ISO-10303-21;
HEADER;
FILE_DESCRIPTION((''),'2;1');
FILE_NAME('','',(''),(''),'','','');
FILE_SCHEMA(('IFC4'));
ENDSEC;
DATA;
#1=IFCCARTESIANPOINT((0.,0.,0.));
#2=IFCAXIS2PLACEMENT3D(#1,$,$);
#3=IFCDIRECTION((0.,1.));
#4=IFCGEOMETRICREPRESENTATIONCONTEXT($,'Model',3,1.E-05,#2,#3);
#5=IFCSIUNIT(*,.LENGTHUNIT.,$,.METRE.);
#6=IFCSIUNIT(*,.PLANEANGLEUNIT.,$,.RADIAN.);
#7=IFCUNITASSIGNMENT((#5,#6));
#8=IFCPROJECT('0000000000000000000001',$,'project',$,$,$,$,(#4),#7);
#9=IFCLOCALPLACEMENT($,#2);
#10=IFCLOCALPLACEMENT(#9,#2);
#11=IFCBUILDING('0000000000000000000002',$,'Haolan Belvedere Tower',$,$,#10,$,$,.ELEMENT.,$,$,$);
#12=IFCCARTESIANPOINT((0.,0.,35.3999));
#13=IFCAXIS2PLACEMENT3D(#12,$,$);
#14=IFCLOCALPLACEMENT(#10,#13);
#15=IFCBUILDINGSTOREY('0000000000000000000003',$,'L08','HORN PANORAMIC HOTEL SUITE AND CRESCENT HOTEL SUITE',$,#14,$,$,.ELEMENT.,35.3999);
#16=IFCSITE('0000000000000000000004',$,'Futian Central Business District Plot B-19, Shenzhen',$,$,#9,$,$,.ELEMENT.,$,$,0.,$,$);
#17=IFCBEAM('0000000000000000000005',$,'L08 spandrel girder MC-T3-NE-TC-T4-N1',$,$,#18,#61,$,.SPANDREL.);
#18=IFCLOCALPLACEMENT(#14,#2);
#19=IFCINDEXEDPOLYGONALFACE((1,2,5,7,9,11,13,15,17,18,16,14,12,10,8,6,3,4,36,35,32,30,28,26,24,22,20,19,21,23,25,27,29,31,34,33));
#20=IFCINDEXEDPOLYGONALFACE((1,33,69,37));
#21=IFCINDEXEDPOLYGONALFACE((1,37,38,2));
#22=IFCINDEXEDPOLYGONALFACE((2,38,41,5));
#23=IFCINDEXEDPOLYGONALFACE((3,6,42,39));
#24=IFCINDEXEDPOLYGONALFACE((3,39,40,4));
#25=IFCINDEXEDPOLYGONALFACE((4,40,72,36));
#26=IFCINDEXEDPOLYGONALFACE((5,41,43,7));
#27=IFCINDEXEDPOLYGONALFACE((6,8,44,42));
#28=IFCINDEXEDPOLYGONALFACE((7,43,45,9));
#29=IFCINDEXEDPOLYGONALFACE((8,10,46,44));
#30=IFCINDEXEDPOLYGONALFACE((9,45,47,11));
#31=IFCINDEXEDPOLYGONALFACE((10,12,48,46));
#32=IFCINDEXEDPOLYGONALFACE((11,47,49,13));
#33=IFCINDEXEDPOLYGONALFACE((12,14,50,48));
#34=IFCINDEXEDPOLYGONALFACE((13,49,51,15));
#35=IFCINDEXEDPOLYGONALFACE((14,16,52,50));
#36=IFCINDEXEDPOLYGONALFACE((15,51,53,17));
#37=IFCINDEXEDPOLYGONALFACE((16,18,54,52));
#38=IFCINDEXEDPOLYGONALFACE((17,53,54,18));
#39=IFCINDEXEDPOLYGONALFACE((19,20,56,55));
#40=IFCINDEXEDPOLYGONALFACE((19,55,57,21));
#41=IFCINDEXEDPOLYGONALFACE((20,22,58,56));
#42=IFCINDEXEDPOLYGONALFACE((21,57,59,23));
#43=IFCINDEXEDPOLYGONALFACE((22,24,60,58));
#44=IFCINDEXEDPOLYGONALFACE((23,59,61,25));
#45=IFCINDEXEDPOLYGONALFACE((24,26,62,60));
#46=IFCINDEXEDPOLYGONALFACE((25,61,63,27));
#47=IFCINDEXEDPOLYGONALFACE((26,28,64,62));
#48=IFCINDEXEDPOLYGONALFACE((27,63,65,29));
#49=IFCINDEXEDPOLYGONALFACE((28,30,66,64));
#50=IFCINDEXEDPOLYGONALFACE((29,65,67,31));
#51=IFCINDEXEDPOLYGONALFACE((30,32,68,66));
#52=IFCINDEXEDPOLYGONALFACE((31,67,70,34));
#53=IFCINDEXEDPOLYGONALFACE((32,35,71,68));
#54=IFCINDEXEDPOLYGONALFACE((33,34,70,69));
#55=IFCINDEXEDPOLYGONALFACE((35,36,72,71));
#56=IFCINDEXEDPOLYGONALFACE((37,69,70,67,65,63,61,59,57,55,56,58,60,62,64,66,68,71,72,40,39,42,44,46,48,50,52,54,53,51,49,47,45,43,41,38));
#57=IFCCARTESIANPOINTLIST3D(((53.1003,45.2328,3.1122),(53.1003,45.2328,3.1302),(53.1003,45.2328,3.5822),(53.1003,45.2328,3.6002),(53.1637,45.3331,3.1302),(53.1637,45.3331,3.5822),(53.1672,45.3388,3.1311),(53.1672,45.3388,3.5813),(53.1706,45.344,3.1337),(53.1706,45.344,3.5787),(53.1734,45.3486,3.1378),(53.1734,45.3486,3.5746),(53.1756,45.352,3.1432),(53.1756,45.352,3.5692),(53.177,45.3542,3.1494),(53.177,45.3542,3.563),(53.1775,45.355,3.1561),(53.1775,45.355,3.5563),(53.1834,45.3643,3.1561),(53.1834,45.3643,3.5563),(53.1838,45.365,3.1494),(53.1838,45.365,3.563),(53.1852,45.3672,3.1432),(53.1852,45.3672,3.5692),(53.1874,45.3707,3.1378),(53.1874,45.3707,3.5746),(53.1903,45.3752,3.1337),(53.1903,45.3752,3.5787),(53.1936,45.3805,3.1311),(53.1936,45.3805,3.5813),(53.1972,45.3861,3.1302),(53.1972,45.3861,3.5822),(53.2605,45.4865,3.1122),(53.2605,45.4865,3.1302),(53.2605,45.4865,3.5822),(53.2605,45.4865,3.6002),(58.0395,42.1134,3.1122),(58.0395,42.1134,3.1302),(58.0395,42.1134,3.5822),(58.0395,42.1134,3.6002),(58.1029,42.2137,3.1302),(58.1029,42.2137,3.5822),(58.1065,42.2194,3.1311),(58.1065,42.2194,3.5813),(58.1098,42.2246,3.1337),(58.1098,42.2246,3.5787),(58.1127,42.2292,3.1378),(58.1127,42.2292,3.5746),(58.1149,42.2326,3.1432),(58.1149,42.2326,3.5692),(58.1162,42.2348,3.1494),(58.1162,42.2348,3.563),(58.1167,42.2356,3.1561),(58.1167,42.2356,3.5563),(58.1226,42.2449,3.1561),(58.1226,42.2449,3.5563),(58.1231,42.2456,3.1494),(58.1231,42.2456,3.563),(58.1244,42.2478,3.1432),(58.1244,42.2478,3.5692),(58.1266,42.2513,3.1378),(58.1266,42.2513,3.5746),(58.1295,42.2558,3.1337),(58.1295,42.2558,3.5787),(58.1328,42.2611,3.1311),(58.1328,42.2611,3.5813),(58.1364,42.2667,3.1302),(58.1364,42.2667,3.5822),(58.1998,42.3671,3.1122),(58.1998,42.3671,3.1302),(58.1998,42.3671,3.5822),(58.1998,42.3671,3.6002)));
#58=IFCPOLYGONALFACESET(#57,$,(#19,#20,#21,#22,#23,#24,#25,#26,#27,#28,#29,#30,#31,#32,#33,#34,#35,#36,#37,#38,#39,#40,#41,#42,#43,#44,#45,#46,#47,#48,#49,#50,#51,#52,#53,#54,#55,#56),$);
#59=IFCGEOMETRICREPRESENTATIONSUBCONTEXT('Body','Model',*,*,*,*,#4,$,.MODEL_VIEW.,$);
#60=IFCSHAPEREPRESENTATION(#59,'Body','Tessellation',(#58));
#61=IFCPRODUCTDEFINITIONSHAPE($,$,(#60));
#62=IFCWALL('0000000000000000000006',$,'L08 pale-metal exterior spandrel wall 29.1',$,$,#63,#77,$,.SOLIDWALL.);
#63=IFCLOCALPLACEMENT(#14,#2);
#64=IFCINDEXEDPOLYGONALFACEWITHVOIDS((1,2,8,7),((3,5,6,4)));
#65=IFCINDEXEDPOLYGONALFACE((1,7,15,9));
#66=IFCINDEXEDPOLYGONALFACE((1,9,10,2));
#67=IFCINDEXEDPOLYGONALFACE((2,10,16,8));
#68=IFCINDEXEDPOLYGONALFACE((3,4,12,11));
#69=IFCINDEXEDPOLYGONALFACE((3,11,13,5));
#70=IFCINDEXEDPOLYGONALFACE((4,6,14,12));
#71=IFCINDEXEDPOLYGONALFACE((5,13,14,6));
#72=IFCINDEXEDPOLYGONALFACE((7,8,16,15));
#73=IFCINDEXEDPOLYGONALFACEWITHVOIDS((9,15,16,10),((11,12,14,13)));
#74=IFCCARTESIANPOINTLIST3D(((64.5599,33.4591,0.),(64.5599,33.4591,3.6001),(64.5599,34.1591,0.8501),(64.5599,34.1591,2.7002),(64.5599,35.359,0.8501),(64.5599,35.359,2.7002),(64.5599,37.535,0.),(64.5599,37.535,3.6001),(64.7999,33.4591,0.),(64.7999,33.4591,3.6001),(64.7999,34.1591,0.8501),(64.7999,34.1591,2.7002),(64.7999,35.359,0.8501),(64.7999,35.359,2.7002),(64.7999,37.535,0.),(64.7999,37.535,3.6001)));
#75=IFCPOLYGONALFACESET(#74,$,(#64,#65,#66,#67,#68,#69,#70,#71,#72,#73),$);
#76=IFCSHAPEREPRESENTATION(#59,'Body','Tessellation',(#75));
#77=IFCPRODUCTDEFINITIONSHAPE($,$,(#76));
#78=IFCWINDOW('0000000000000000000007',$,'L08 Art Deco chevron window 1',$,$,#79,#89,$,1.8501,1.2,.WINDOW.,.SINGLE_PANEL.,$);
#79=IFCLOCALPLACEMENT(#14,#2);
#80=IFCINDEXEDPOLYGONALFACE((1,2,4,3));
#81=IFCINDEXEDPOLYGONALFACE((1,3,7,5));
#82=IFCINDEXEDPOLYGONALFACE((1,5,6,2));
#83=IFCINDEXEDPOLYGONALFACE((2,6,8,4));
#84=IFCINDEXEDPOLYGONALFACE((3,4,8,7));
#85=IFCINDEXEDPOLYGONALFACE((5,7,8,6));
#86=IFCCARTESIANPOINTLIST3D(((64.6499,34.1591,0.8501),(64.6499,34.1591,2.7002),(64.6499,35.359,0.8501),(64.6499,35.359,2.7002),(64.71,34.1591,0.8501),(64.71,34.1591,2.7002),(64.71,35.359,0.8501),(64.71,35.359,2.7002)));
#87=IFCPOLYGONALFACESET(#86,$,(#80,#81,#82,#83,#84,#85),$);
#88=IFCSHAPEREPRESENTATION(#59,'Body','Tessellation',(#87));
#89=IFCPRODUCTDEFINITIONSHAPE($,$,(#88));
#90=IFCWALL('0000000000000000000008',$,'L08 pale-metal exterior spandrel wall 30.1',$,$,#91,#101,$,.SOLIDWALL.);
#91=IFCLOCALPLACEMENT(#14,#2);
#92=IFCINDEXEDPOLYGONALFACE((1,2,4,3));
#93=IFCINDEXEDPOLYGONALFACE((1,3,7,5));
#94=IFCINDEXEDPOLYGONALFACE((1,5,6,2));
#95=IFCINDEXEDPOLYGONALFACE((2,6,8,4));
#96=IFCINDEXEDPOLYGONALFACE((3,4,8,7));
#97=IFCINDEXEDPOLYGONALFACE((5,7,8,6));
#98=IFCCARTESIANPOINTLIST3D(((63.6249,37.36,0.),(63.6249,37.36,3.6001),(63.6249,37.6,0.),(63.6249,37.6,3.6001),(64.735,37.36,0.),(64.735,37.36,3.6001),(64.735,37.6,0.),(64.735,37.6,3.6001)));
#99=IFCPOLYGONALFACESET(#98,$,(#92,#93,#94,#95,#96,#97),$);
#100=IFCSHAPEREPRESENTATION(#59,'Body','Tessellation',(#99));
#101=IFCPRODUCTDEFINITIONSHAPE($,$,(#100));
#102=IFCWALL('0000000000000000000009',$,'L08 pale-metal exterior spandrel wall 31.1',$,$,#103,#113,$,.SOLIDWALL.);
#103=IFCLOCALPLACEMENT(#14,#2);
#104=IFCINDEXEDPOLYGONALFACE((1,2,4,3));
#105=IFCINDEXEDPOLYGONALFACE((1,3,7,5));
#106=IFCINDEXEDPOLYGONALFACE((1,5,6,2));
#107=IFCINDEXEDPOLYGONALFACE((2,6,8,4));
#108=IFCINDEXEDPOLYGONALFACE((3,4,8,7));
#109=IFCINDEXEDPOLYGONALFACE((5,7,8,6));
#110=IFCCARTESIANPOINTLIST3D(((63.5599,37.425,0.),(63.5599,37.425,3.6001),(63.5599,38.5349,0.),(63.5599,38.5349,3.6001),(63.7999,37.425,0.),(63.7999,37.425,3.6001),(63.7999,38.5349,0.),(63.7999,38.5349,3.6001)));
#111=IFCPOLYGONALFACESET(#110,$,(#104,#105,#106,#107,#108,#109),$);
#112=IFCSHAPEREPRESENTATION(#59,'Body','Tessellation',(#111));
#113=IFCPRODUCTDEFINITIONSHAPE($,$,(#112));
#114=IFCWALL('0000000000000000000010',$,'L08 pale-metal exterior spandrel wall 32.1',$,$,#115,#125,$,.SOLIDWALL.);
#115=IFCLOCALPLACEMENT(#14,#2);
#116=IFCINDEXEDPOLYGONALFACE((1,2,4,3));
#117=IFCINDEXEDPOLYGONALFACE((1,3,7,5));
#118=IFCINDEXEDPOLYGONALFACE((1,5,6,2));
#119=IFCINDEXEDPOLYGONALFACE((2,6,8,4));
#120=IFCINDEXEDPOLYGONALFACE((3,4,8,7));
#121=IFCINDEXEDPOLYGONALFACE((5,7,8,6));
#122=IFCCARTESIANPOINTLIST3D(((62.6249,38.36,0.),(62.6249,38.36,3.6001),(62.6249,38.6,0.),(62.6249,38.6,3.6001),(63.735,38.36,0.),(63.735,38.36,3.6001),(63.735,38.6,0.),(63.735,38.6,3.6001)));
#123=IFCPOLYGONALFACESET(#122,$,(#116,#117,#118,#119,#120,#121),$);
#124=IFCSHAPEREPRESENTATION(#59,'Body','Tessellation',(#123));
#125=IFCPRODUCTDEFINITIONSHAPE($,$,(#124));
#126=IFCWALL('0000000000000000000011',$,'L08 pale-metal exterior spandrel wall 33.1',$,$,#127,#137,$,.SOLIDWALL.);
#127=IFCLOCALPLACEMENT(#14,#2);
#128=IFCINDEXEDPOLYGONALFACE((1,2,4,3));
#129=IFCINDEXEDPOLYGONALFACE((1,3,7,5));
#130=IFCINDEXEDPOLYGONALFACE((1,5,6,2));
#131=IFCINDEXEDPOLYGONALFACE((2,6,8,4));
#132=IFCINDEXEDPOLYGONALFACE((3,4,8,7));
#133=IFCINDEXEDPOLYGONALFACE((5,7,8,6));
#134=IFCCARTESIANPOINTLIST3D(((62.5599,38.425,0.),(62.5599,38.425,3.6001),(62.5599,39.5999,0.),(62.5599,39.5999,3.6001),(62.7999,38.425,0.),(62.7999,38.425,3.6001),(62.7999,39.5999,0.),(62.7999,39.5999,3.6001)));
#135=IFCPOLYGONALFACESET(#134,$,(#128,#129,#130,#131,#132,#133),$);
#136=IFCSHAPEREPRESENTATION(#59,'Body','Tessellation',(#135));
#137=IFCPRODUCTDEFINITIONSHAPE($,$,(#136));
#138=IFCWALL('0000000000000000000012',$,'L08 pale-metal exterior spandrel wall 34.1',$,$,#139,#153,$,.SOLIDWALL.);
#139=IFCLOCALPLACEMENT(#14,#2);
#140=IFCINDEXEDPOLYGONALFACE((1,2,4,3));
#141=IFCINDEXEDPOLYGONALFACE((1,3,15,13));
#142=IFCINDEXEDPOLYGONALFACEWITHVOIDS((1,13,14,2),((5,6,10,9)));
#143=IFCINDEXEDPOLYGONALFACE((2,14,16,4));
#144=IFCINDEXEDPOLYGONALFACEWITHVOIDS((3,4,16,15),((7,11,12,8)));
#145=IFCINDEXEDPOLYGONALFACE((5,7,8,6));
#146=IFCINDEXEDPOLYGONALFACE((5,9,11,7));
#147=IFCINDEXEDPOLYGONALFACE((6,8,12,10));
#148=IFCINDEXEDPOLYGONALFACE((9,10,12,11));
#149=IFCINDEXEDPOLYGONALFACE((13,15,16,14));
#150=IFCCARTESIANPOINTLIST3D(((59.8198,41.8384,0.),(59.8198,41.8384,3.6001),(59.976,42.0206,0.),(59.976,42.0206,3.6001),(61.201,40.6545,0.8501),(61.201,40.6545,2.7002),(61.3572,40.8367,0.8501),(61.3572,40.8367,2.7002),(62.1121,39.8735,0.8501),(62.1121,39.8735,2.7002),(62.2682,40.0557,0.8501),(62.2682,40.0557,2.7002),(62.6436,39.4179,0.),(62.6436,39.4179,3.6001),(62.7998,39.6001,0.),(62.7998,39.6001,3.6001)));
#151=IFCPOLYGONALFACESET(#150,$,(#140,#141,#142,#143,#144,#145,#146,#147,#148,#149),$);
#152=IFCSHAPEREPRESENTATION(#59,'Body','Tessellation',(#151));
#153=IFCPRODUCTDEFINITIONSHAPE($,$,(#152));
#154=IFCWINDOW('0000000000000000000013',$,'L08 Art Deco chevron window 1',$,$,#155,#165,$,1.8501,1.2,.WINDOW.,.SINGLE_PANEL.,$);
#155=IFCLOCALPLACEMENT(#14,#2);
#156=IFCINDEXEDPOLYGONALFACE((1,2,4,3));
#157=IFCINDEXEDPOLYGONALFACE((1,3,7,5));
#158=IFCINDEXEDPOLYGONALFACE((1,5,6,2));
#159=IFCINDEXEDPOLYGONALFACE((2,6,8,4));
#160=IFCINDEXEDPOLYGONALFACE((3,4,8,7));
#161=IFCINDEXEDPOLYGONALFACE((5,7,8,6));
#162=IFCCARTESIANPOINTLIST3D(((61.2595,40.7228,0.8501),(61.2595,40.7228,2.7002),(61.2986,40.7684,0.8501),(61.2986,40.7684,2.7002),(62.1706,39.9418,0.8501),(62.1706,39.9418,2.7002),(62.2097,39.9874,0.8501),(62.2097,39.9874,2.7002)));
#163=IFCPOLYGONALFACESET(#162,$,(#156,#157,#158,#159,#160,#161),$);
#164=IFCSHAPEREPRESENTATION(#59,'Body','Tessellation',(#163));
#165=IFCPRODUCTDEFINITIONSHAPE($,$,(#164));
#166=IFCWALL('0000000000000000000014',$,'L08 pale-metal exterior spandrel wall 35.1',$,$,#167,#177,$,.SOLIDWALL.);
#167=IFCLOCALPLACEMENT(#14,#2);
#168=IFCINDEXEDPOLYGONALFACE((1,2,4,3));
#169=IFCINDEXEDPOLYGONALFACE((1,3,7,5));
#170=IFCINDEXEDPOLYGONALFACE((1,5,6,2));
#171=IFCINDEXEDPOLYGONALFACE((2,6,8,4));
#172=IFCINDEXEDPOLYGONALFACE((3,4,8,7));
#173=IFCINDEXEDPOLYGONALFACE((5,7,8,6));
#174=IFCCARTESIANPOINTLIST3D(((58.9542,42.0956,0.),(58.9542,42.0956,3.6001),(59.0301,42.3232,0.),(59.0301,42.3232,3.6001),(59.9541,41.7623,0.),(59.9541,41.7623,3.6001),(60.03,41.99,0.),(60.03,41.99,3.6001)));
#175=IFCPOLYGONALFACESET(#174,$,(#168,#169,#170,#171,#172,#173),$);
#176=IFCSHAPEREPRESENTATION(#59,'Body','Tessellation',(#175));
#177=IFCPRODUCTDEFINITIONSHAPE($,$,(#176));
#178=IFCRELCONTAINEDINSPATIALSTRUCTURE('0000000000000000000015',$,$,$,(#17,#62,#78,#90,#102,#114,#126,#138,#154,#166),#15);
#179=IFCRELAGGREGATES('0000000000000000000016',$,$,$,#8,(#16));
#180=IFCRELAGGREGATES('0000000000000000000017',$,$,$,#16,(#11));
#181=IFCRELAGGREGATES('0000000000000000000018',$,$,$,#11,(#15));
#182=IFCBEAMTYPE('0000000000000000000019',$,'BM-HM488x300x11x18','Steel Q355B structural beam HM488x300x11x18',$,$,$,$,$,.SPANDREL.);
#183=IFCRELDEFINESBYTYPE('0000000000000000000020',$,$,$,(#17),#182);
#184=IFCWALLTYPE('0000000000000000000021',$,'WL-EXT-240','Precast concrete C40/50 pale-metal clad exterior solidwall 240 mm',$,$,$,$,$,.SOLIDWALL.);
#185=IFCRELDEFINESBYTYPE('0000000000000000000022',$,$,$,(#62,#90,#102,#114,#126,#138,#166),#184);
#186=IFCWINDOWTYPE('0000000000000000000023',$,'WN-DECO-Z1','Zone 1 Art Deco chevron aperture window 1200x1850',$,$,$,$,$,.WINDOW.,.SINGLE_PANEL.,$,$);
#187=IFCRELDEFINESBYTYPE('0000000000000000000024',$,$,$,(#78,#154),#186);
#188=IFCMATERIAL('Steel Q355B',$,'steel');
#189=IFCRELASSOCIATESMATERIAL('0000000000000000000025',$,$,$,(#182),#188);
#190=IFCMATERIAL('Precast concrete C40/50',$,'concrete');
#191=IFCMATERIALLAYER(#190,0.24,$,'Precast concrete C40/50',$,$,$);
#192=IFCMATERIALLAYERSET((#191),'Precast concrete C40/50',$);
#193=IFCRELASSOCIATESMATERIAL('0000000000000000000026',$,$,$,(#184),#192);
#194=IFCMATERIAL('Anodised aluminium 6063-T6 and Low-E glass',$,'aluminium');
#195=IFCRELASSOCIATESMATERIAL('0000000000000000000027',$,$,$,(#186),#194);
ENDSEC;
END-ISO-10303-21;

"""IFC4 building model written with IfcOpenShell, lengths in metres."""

from ifc_helpers import new_model, si_unit, direction, frame, frame_2d, origin, origin_2d, place, context, subcontext, project, spatial, rectangle, i_section, extrude, material, layer, layer_set, material_profile, profile_set, type_object, element, fill, save


model = new_model("IFC4")

# Units and contexts
model_context = context("Model", 3, precision=1e-05, world=origin(), true_north=direction((0.0, 1.0)))
body_context = subcontext(model_context, "Body", "Model", "MODEL_VIEW")
ifc_project = project(units=[si_unit("LENGTHUNIT", "METRE"), si_unit("PLANEANGLEUNIT", "RADIAN")], contexts=[model_context])

# Site, building, storey
site_placement = place(None, origin())
site = spatial("IfcSite", under=ifc_project, at=site_placement, Name="Futian Central Business District Plot B-19, Shenzhen", CompositionType="ELEMENT", RefElevation=0.0)
building_placement = place(site_placement, origin())
building = spatial("IfcBuilding", under=site, at=building_placement, Name="Haolan Belvedere Tower", CompositionType="ELEMENT")
storey_placement = place(building_placement, frame((0.0, 0.0, 35.3999)))
storey = spatial("IfcBuildingStorey", under=building, at=storey_placement, Name="L08", Description="HORN PANORAMIC HOTEL SUITE AND CRESCENT HOTEL SUITE", CompositionType="ELEMENT", Elevation=35.3999)

# Shared definitions
ifc_material_1 = material(Name="Steel Q355B", Category="steel")

# Beam
ifc_material_profile_1 = material_profile(ifc_material_1, i_section(OverallWidth=0.3, OverallDepth=0.488, WebThickness=0.011, FlangeThickness=0.0181, FilletRadius=0.0259, at=origin_2d()), Name="Steel Q355B")
ifc_profile_set_1 = profile_set([ifc_material_profile_1], Name="Steel Q355B")
beam_type = type_object("IfcBeamType", Name="BM-HM488x300x11x18", Description="Steel Q355B structural beam HM488x300x11x18", PredefinedType="SPANDREL", material=ifc_profile_set_1)
beam_placement = place(storey_placement, frame((53.1804, 45.3596, 3.3562), z_axis=(0.845498, -0.533979, 0.0), x_axis=(0.533979, 0.845498, 0.0)))
element("IfcBeam", 1, at=beam_placement, inside=storey, type_object=beam_type, Name="L08 spandrel girder MC-T3-NE-TC-T4-N1", PredefinedType="SPANDREL", context=body_context, shape_type="SweptSolid", body=[
    extrude(i_section(OverallWidth=0.3, OverallDepth=0.488, WebThickness=0.011, FlangeThickness=0.0181, FilletRadius=0.0259, at=origin_2d()), origin(), (0.0, 0.0, 1.0), 5.8418),
])

# Wall, opening, window
ifc_material_2 = material(Name="Precast concrete C40/50", Category="concrete")
ifc_layer_1 = layer(ifc_material_2, 0.24, Name="Precast concrete C40/50")
ifc_layer_set_1 = layer_set([ifc_layer_1], Name="Precast concrete C40/50")
wall_type_1 = type_object("IfcWallType", Name="WL-EXT-240", Description="Precast concrete C40/50 pale-metal clad exterior solidwall 240 mm", PredefinedType="SOLIDWALL", material=ifc_layer_set_1)
wall_1_placement = place(storey_placement, frame((64.6799, 33.459, 0.0), z_axis=(0.0, 0.0, 1.0), x_axis=(0.0, 1.0, 0.0)))
wall_1 = element("IfcWall", 2, at=wall_1_placement, inside=storey, type_object=wall_type_1, Name="L08 pale-metal exterior spandrel wall 29.1", PredefinedType="SOLIDWALL", context=body_context, shape_type="SweptSolid", body=[
    extrude(rectangle(XDim=4.0759, YDim=0.24, at=frame_2d((2.0381, 0.0))), origin(), (0.0, 0.0, 1.0), 3.6001),
])
opening_1_placement = place(wall_1_placement, frame((0.7, 0.0, 0.8501)))
opening_1 = element("IfcOpeningElement", 3, at=opening_1_placement, cuts=wall_1, PredefinedType="OPENING", context=body_context, shape_type="SweptSolid", body=[
    extrude(rectangle(XDim=1.2, YDim=1.8501, at=frame_2d((0.6001, 0.925))), frame((0.0, 0.1299, 0.0), z_axis=(0.0, -1.0, 0.0), x_axis=(1.0, 0.0, 0.0)), (0.0, 0.0, 1.0), 0.26),
])
ifc_material_3 = material(Name="Anodised aluminium 6063-T6 and Low-E glass", Category="aluminium")
window_type = type_object("IfcWindowType", Name="WN-DECO-Z1", Description="Zone 1 Art Deco chevron aperture window 1200x1850", PartitioningType="SINGLE_PANEL", PredefinedType="WINDOW", material=ifc_material_3)
window_1_placement = place(opening_1_placement, origin())
window_1 = element("IfcWindow", 4, at=window_1_placement, inside=storey, type_object=window_type, Name="L08 Art Deco chevron window 1", OverallHeight=1.8501, OverallWidth=1.2, PartitioningType="SINGLE_PANEL", PredefinedType="WINDOW", context=body_context, shape_type="SweptSolid", body=[
    extrude(rectangle(XDim=1.2, YDim=1.8501, at=frame_2d((0.6001, 0.925))), frame((0.0, 0.03, 0.0), z_axis=(0.0, -1.0, 0.0), x_axis=(1.0, 0.0, 0.0)), (0.0, 0.0, 1.0), 0.0601),
])
fill(opening_1, window_1)

# Walls
wall_2_placement = place(storey_placement, frame((64.7351, 37.48, 0.0), z_axis=(0.0, 0.0, 1.0), x_axis=(-1.0, 0.0, 0.0)))
element("IfcWall", 5, at=wall_2_placement, inside=storey, type_object=wall_type_1, Name="L08 pale-metal exterior spandrel wall 30.1", PredefinedType="SOLIDWALL", context=body_context, shape_type="SweptSolid", body=[
    extrude(rectangle(XDim=1.1101, YDim=0.24, at=frame_2d((0.5552, 0.0))), origin(), (0.0, 0.0, 1.0), 3.6001),
])
wall_3_placement = place(storey_placement, frame((63.6799, 37.425, 0.0), z_axis=(0.0, 0.0, 1.0), x_axis=(0.0, 1.0, 0.0)))
element("IfcWall", 6, at=wall_3_placement, inside=storey, type_object=wall_type_1, Name="L08 pale-metal exterior spandrel wall 31.1", PredefinedType="SOLIDWALL", context=body_context, shape_type="SweptSolid", body=[
    extrude(rectangle(XDim=1.1099, YDim=0.24, at=frame_2d((0.5549, 0.0))), origin(), (0.0, 0.0, 1.0), 3.6001),
])
wall_4_placement = place(storey_placement, frame((63.7351, 38.48, 0.0), z_axis=(0.0, 0.0, 1.0), x_axis=(-1.0, 0.0, 0.0)))
element("IfcWall", 7, at=wall_4_placement, inside=storey, type_object=wall_type_1, Name="L08 pale-metal exterior spandrel wall 32.1", PredefinedType="SOLIDWALL", context=body_context, shape_type="SweptSolid", body=[
    extrude(rectangle(XDim=1.1101, YDim=0.24, at=frame_2d((0.5552, 0.0))), origin(), (0.0, 0.0, 1.0), 3.6001),
])
wall_5_placement = place(storey_placement, frame((62.6799, 38.425, 0.0), z_axis=(0.0, 0.0, 1.0), x_axis=(0.0, 1.0, 0.0)))
element("IfcWall", 8, at=wall_5_placement, inside=storey, type_object=wall_type_1, Name="L08 pale-metal exterior spandrel wall 33.1", PredefinedType="SOLIDWALL", context=body_context, shape_type="SweptSolid", body=[
    extrude(rectangle(XDim=1.1748, YDim=0.24, at=frame_2d((0.5874, 0.0))), origin(), (0.0, 0.0, 1.0), 3.6001),
])

# Wall, opening, window
wall_6_placement = place(storey_placement, frame((62.7217, 39.509, 0.0), z_axis=(0.0, 0.0, 1.0), x_axis=(-0.759247, 0.650802, 0.0)))
wall_6 = element("IfcWall", 9, at=wall_6_placement, inside=storey, type_object=wall_type_1, Name="L08 pale-metal exterior spandrel wall 34.1", PredefinedType="SOLIDWALL", context=body_context, shape_type="SweptSolid", body=[
    extrude(rectangle(XDim=3.7192, YDim=0.24, at=frame_2d((1.8596, 0.0))), origin(), (0.0, 0.0, 1.0), 3.6001),
])
opening_2_placement = place(wall_6_placement, frame((0.7, 0.0, 0.8501)))
opening_2 = element("IfcOpeningElement", 10, at=opening_2_placement, cuts=wall_6, PredefinedType="OPENING", context=body_context, shape_type="SweptSolid", body=[
    extrude(rectangle(XDim=1.2, YDim=1.8501, at=frame_2d((0.6001, 0.925))), frame((0.0, 0.1299, 0.0), z_axis=(0.0, -1.0, 0.0), x_axis=(1.0, 0.0, 0.0)), (0.0, 0.0, 1.0), 0.26),
])
window_2_placement = place(opening_2_placement, origin())
window_2 = element("IfcWindow", 11, at=window_2_placement, inside=storey, type_object=window_type, Name="L08 Art Deco chevron window 1", OverallHeight=1.8501, OverallWidth=1.2, PartitioningType="SINGLE_PANEL", PredefinedType="WINDOW", context=body_context, shape_type="SweptSolid", body=[
    extrude(rectangle(XDim=1.2, YDim=1.8501, at=frame_2d((0.6001, 0.925))), frame((0.0, 0.03, 0.0), z_axis=(0.0, -1.0, 0.0), x_axis=(1.0, 0.0, 0.0)), (0.0, 0.0, 1.0), 0.0601),
])
fill(opening_2, window_2)

# Wall
wall_7_placement = place(storey_placement, frame((59.9919, 41.8762, 0.0), z_axis=(0.0, 0.0, 1.0), x_axis=(-0.948706, 0.316158, 0.0)))
element("IfcWall", 12, at=wall_7_placement, inside=storey, type_object=wall_type_1, Name="L08 pale-metal exterior spandrel wall 35.1", PredefinedType="SOLIDWALL", context=body_context, shape_type="SweptSolid", body=[
    extrude(rectangle(XDim=1.054, YDim=0.24, at=frame_2d((0.5269, 0.0))), origin(), (0.0, 0.0, 1.0), 3.6001),
])

save(model, "model.ifc")
